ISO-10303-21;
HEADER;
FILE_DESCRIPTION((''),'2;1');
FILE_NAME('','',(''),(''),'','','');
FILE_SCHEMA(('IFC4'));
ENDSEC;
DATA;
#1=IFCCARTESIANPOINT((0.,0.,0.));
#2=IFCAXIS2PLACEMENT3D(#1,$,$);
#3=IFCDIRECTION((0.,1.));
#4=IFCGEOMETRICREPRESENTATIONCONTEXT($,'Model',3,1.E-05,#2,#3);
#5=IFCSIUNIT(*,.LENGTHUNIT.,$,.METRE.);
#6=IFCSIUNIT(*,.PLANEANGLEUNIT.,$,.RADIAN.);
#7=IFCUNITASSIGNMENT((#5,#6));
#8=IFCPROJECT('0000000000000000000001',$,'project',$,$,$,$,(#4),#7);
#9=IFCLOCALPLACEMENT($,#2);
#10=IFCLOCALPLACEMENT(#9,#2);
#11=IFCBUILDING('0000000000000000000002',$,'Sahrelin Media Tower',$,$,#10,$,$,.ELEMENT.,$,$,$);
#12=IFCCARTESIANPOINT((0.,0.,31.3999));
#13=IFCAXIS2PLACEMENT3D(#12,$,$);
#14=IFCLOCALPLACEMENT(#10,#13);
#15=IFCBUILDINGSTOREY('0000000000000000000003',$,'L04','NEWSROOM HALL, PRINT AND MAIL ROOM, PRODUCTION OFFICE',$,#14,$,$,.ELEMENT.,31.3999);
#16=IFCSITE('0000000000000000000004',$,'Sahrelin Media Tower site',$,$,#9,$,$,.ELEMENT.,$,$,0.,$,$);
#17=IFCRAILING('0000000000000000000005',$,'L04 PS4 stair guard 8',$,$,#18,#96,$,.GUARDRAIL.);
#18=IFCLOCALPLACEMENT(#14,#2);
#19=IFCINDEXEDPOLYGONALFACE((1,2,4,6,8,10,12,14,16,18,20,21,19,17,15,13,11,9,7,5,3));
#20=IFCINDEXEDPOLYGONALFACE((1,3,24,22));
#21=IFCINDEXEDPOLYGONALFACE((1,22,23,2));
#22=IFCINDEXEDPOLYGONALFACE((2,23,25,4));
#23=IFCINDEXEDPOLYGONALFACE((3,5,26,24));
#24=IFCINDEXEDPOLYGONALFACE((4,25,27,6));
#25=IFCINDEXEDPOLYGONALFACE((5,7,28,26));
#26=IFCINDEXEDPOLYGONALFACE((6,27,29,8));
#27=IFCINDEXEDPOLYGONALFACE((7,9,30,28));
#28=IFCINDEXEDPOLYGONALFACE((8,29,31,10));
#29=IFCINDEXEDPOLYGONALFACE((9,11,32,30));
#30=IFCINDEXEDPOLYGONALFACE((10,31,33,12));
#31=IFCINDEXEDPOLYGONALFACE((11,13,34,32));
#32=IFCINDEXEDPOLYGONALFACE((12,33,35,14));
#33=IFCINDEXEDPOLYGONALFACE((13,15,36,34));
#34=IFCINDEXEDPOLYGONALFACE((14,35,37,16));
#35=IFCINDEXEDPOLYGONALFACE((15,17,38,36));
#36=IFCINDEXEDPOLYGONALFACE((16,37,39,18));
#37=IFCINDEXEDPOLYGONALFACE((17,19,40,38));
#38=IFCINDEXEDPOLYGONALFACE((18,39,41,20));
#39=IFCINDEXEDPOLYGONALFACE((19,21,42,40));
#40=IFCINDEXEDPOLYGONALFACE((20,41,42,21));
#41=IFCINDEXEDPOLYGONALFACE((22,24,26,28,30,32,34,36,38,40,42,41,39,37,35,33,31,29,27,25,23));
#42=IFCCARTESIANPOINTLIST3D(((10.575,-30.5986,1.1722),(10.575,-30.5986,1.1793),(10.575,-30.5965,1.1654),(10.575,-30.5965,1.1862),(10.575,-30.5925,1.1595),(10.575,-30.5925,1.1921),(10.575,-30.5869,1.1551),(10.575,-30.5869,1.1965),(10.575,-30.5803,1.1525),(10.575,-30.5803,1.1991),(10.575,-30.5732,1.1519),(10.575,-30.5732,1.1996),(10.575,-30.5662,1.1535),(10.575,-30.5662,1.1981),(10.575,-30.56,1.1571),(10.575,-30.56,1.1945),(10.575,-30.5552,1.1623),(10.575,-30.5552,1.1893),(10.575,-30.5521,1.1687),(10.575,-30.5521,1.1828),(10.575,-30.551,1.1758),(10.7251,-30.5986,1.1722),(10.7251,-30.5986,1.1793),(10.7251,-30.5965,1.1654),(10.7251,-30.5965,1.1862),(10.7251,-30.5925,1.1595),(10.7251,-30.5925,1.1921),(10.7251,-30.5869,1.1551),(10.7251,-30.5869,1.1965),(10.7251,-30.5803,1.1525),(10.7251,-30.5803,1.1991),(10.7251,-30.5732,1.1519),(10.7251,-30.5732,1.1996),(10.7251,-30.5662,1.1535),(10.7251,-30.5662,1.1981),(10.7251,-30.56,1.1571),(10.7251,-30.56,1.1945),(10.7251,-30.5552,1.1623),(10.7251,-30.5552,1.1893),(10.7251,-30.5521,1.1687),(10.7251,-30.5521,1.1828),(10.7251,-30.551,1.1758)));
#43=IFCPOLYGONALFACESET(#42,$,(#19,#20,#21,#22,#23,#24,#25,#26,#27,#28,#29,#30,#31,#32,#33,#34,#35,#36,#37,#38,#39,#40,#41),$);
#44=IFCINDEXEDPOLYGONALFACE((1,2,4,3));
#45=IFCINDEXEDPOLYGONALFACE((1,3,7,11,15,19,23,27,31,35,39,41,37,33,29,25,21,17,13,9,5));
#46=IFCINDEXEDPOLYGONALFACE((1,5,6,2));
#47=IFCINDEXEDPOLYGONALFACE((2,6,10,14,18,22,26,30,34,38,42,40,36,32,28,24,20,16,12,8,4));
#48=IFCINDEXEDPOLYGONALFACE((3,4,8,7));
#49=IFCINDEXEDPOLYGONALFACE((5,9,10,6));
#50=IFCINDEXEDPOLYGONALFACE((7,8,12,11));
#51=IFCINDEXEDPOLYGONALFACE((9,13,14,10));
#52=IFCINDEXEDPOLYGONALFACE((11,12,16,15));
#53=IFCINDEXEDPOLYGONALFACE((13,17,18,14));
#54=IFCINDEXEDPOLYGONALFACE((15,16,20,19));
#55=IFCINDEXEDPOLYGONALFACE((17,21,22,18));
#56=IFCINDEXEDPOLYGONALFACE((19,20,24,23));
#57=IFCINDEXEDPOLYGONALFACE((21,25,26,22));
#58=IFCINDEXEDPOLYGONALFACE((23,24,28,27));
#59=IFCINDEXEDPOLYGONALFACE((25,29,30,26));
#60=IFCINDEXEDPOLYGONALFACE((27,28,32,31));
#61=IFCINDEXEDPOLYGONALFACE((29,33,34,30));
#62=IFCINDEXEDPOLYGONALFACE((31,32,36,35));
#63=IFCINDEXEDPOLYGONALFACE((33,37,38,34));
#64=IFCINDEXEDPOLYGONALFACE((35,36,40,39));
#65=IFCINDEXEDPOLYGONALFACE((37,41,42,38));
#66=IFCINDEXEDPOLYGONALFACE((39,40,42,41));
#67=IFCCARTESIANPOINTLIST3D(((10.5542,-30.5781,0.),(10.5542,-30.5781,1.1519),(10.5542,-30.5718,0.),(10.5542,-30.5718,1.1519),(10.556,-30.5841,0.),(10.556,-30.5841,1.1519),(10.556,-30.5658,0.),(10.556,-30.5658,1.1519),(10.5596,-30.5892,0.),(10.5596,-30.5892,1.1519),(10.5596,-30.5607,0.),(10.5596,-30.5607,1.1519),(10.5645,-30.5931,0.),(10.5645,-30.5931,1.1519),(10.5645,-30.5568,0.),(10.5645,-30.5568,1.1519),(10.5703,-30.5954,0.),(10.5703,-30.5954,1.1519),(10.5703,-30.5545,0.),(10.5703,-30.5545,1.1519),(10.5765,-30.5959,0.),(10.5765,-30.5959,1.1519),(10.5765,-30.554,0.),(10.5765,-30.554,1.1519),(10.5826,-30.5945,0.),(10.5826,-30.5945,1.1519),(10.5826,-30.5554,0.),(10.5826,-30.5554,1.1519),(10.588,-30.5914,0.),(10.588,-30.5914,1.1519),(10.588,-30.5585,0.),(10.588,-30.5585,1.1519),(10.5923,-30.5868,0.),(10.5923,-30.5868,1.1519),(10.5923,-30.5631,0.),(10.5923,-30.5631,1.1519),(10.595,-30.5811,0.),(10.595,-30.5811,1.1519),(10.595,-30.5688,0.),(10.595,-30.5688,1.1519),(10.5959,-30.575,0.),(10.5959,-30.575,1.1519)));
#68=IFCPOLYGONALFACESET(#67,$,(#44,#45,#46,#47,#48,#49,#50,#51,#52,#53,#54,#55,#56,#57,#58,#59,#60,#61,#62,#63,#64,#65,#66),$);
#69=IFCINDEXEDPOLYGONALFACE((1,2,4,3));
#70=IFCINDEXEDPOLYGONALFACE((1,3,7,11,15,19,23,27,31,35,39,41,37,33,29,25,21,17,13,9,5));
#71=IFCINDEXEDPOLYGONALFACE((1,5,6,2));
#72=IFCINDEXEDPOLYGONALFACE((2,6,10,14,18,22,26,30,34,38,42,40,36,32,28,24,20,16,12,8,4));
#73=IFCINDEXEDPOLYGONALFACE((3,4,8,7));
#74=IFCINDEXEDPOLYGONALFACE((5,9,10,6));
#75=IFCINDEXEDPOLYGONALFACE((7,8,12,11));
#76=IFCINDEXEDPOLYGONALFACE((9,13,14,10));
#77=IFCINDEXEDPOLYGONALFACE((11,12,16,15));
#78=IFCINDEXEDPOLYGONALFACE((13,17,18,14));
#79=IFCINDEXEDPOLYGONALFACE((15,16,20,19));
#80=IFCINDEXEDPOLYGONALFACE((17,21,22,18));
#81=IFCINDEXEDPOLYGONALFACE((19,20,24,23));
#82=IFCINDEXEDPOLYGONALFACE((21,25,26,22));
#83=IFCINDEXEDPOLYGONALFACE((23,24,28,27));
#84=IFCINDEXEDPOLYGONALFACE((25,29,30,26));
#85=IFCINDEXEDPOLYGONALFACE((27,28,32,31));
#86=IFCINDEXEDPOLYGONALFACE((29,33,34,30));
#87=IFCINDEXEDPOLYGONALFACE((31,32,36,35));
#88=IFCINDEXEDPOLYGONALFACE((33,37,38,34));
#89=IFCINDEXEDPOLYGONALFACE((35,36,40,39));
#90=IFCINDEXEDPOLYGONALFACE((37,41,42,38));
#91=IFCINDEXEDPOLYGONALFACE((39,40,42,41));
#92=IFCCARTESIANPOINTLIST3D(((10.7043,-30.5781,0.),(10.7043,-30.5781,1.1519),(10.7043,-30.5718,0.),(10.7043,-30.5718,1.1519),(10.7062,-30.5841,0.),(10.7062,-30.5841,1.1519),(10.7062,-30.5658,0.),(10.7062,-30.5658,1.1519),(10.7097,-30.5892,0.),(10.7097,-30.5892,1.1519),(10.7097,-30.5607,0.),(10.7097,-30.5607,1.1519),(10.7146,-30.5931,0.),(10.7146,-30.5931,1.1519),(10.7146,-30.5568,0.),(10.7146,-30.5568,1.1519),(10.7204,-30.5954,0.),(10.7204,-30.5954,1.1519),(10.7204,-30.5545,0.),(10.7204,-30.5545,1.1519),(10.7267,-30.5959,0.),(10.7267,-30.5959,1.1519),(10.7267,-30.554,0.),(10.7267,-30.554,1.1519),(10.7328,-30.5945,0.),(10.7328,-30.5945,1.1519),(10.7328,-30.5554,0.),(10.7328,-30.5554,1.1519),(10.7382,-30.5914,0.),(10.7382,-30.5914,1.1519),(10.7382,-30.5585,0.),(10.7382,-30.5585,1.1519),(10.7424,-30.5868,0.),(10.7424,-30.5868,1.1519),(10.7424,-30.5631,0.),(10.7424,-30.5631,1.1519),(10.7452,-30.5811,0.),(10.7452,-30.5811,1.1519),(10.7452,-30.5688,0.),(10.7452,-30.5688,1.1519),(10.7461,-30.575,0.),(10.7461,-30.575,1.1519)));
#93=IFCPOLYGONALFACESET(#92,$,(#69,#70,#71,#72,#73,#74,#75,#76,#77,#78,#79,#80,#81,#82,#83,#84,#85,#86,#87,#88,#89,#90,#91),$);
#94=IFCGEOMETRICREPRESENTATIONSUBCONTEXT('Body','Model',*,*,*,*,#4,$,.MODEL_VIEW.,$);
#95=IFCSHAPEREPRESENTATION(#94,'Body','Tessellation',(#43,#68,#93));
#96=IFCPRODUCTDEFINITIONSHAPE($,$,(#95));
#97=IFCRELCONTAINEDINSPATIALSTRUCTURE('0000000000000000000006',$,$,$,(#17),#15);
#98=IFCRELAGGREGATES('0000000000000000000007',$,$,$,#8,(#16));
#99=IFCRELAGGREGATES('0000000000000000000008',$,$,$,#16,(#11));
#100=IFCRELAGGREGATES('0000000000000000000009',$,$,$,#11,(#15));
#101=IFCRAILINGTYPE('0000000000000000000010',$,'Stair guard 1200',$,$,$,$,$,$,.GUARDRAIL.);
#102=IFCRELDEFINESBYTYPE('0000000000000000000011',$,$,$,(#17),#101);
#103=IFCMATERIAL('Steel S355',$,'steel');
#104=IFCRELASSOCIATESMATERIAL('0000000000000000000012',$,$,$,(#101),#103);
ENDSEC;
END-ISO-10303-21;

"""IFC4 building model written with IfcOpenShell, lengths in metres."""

from ifc_helpers import new_model, si_unit, direction, frame, origin, origin_2d, place, context, subcontext, project, spatial, circle, extrude, material, type_object, element, save


model = new_model("IFC4")

# Units and contexts
model_context = context("Model", 3, precision=1e-05, world=origin(), true_north=direction((0.0, 1.0)))
body_context = subcontext(model_context, "Body", "Model", "MODEL_VIEW")
ifc_project = project(units=[si_unit("LENGTHUNIT", "METRE"), si_unit("PLANEANGLEUNIT", "RADIAN")], contexts=[model_context])

# Site, building, storey
site_placement = place(None, origin())
site = spatial("IfcSite", under=ifc_project, at=site_placement, Name="Sahrelin Media Tower site", CompositionType="ELEMENT", RefElevation=0.0)
building_placement = place(site_placement, origin())
building = spatial("IfcBuilding", under=site, at=building_placement, Name="Sahrelin Media Tower", CompositionType="ELEMENT")
storey_placement = place(building_placement, frame((0.0, 0.0, 31.3999)))
storey = spatial("IfcBuildingStorey", under=building, at=storey_placement, Name="L04", Description="NEWSROOM HALL, PRINT AND MAIL ROOM, PRODUCTION OFFICE", CompositionType="ELEMENT", Elevation=31.3999)

# Shared definitions
ifc_material_1 = material(Name="Steel S355", Category="steel")

# Railing
railing_type_1 = type_object("IfcRailingType", Name="Stair guard 1200", PredefinedType="GUARDRAIL", material=ifc_material_1)
railing_1_placement = place(storey_placement, frame((10.575, -30.575, 0.0)))
element("IfcRailing", 1, at=railing_1_placement, inside=storey, type_object=railing_type_1, Name="L04 PS4 stair guard 8", PredefinedType="GUARDRAIL", context=body_context, shape_type="SweptSolid", body=[
    extrude(circle(Radius=0.0239, at=origin_2d()), frame((0.0, 0.0, 1.1758), z_axis=(1.0, 0.0, 0.0), x_axis=(0.0, 1.0, 0.0)), (0.0, 0.0, 1.0), 0.1501),
    extrude(circle(Radius=0.021, at=origin_2d()), origin(), (0.0, 0.0, 1.0), 1.1519),
    extrude(circle(Radius=0.021, at=origin_2d()), frame((0.1501, 0.0, 0.0)), (0.0, 0.0, 1.0), 1.1519),
])

save(model, "model.ifc")
